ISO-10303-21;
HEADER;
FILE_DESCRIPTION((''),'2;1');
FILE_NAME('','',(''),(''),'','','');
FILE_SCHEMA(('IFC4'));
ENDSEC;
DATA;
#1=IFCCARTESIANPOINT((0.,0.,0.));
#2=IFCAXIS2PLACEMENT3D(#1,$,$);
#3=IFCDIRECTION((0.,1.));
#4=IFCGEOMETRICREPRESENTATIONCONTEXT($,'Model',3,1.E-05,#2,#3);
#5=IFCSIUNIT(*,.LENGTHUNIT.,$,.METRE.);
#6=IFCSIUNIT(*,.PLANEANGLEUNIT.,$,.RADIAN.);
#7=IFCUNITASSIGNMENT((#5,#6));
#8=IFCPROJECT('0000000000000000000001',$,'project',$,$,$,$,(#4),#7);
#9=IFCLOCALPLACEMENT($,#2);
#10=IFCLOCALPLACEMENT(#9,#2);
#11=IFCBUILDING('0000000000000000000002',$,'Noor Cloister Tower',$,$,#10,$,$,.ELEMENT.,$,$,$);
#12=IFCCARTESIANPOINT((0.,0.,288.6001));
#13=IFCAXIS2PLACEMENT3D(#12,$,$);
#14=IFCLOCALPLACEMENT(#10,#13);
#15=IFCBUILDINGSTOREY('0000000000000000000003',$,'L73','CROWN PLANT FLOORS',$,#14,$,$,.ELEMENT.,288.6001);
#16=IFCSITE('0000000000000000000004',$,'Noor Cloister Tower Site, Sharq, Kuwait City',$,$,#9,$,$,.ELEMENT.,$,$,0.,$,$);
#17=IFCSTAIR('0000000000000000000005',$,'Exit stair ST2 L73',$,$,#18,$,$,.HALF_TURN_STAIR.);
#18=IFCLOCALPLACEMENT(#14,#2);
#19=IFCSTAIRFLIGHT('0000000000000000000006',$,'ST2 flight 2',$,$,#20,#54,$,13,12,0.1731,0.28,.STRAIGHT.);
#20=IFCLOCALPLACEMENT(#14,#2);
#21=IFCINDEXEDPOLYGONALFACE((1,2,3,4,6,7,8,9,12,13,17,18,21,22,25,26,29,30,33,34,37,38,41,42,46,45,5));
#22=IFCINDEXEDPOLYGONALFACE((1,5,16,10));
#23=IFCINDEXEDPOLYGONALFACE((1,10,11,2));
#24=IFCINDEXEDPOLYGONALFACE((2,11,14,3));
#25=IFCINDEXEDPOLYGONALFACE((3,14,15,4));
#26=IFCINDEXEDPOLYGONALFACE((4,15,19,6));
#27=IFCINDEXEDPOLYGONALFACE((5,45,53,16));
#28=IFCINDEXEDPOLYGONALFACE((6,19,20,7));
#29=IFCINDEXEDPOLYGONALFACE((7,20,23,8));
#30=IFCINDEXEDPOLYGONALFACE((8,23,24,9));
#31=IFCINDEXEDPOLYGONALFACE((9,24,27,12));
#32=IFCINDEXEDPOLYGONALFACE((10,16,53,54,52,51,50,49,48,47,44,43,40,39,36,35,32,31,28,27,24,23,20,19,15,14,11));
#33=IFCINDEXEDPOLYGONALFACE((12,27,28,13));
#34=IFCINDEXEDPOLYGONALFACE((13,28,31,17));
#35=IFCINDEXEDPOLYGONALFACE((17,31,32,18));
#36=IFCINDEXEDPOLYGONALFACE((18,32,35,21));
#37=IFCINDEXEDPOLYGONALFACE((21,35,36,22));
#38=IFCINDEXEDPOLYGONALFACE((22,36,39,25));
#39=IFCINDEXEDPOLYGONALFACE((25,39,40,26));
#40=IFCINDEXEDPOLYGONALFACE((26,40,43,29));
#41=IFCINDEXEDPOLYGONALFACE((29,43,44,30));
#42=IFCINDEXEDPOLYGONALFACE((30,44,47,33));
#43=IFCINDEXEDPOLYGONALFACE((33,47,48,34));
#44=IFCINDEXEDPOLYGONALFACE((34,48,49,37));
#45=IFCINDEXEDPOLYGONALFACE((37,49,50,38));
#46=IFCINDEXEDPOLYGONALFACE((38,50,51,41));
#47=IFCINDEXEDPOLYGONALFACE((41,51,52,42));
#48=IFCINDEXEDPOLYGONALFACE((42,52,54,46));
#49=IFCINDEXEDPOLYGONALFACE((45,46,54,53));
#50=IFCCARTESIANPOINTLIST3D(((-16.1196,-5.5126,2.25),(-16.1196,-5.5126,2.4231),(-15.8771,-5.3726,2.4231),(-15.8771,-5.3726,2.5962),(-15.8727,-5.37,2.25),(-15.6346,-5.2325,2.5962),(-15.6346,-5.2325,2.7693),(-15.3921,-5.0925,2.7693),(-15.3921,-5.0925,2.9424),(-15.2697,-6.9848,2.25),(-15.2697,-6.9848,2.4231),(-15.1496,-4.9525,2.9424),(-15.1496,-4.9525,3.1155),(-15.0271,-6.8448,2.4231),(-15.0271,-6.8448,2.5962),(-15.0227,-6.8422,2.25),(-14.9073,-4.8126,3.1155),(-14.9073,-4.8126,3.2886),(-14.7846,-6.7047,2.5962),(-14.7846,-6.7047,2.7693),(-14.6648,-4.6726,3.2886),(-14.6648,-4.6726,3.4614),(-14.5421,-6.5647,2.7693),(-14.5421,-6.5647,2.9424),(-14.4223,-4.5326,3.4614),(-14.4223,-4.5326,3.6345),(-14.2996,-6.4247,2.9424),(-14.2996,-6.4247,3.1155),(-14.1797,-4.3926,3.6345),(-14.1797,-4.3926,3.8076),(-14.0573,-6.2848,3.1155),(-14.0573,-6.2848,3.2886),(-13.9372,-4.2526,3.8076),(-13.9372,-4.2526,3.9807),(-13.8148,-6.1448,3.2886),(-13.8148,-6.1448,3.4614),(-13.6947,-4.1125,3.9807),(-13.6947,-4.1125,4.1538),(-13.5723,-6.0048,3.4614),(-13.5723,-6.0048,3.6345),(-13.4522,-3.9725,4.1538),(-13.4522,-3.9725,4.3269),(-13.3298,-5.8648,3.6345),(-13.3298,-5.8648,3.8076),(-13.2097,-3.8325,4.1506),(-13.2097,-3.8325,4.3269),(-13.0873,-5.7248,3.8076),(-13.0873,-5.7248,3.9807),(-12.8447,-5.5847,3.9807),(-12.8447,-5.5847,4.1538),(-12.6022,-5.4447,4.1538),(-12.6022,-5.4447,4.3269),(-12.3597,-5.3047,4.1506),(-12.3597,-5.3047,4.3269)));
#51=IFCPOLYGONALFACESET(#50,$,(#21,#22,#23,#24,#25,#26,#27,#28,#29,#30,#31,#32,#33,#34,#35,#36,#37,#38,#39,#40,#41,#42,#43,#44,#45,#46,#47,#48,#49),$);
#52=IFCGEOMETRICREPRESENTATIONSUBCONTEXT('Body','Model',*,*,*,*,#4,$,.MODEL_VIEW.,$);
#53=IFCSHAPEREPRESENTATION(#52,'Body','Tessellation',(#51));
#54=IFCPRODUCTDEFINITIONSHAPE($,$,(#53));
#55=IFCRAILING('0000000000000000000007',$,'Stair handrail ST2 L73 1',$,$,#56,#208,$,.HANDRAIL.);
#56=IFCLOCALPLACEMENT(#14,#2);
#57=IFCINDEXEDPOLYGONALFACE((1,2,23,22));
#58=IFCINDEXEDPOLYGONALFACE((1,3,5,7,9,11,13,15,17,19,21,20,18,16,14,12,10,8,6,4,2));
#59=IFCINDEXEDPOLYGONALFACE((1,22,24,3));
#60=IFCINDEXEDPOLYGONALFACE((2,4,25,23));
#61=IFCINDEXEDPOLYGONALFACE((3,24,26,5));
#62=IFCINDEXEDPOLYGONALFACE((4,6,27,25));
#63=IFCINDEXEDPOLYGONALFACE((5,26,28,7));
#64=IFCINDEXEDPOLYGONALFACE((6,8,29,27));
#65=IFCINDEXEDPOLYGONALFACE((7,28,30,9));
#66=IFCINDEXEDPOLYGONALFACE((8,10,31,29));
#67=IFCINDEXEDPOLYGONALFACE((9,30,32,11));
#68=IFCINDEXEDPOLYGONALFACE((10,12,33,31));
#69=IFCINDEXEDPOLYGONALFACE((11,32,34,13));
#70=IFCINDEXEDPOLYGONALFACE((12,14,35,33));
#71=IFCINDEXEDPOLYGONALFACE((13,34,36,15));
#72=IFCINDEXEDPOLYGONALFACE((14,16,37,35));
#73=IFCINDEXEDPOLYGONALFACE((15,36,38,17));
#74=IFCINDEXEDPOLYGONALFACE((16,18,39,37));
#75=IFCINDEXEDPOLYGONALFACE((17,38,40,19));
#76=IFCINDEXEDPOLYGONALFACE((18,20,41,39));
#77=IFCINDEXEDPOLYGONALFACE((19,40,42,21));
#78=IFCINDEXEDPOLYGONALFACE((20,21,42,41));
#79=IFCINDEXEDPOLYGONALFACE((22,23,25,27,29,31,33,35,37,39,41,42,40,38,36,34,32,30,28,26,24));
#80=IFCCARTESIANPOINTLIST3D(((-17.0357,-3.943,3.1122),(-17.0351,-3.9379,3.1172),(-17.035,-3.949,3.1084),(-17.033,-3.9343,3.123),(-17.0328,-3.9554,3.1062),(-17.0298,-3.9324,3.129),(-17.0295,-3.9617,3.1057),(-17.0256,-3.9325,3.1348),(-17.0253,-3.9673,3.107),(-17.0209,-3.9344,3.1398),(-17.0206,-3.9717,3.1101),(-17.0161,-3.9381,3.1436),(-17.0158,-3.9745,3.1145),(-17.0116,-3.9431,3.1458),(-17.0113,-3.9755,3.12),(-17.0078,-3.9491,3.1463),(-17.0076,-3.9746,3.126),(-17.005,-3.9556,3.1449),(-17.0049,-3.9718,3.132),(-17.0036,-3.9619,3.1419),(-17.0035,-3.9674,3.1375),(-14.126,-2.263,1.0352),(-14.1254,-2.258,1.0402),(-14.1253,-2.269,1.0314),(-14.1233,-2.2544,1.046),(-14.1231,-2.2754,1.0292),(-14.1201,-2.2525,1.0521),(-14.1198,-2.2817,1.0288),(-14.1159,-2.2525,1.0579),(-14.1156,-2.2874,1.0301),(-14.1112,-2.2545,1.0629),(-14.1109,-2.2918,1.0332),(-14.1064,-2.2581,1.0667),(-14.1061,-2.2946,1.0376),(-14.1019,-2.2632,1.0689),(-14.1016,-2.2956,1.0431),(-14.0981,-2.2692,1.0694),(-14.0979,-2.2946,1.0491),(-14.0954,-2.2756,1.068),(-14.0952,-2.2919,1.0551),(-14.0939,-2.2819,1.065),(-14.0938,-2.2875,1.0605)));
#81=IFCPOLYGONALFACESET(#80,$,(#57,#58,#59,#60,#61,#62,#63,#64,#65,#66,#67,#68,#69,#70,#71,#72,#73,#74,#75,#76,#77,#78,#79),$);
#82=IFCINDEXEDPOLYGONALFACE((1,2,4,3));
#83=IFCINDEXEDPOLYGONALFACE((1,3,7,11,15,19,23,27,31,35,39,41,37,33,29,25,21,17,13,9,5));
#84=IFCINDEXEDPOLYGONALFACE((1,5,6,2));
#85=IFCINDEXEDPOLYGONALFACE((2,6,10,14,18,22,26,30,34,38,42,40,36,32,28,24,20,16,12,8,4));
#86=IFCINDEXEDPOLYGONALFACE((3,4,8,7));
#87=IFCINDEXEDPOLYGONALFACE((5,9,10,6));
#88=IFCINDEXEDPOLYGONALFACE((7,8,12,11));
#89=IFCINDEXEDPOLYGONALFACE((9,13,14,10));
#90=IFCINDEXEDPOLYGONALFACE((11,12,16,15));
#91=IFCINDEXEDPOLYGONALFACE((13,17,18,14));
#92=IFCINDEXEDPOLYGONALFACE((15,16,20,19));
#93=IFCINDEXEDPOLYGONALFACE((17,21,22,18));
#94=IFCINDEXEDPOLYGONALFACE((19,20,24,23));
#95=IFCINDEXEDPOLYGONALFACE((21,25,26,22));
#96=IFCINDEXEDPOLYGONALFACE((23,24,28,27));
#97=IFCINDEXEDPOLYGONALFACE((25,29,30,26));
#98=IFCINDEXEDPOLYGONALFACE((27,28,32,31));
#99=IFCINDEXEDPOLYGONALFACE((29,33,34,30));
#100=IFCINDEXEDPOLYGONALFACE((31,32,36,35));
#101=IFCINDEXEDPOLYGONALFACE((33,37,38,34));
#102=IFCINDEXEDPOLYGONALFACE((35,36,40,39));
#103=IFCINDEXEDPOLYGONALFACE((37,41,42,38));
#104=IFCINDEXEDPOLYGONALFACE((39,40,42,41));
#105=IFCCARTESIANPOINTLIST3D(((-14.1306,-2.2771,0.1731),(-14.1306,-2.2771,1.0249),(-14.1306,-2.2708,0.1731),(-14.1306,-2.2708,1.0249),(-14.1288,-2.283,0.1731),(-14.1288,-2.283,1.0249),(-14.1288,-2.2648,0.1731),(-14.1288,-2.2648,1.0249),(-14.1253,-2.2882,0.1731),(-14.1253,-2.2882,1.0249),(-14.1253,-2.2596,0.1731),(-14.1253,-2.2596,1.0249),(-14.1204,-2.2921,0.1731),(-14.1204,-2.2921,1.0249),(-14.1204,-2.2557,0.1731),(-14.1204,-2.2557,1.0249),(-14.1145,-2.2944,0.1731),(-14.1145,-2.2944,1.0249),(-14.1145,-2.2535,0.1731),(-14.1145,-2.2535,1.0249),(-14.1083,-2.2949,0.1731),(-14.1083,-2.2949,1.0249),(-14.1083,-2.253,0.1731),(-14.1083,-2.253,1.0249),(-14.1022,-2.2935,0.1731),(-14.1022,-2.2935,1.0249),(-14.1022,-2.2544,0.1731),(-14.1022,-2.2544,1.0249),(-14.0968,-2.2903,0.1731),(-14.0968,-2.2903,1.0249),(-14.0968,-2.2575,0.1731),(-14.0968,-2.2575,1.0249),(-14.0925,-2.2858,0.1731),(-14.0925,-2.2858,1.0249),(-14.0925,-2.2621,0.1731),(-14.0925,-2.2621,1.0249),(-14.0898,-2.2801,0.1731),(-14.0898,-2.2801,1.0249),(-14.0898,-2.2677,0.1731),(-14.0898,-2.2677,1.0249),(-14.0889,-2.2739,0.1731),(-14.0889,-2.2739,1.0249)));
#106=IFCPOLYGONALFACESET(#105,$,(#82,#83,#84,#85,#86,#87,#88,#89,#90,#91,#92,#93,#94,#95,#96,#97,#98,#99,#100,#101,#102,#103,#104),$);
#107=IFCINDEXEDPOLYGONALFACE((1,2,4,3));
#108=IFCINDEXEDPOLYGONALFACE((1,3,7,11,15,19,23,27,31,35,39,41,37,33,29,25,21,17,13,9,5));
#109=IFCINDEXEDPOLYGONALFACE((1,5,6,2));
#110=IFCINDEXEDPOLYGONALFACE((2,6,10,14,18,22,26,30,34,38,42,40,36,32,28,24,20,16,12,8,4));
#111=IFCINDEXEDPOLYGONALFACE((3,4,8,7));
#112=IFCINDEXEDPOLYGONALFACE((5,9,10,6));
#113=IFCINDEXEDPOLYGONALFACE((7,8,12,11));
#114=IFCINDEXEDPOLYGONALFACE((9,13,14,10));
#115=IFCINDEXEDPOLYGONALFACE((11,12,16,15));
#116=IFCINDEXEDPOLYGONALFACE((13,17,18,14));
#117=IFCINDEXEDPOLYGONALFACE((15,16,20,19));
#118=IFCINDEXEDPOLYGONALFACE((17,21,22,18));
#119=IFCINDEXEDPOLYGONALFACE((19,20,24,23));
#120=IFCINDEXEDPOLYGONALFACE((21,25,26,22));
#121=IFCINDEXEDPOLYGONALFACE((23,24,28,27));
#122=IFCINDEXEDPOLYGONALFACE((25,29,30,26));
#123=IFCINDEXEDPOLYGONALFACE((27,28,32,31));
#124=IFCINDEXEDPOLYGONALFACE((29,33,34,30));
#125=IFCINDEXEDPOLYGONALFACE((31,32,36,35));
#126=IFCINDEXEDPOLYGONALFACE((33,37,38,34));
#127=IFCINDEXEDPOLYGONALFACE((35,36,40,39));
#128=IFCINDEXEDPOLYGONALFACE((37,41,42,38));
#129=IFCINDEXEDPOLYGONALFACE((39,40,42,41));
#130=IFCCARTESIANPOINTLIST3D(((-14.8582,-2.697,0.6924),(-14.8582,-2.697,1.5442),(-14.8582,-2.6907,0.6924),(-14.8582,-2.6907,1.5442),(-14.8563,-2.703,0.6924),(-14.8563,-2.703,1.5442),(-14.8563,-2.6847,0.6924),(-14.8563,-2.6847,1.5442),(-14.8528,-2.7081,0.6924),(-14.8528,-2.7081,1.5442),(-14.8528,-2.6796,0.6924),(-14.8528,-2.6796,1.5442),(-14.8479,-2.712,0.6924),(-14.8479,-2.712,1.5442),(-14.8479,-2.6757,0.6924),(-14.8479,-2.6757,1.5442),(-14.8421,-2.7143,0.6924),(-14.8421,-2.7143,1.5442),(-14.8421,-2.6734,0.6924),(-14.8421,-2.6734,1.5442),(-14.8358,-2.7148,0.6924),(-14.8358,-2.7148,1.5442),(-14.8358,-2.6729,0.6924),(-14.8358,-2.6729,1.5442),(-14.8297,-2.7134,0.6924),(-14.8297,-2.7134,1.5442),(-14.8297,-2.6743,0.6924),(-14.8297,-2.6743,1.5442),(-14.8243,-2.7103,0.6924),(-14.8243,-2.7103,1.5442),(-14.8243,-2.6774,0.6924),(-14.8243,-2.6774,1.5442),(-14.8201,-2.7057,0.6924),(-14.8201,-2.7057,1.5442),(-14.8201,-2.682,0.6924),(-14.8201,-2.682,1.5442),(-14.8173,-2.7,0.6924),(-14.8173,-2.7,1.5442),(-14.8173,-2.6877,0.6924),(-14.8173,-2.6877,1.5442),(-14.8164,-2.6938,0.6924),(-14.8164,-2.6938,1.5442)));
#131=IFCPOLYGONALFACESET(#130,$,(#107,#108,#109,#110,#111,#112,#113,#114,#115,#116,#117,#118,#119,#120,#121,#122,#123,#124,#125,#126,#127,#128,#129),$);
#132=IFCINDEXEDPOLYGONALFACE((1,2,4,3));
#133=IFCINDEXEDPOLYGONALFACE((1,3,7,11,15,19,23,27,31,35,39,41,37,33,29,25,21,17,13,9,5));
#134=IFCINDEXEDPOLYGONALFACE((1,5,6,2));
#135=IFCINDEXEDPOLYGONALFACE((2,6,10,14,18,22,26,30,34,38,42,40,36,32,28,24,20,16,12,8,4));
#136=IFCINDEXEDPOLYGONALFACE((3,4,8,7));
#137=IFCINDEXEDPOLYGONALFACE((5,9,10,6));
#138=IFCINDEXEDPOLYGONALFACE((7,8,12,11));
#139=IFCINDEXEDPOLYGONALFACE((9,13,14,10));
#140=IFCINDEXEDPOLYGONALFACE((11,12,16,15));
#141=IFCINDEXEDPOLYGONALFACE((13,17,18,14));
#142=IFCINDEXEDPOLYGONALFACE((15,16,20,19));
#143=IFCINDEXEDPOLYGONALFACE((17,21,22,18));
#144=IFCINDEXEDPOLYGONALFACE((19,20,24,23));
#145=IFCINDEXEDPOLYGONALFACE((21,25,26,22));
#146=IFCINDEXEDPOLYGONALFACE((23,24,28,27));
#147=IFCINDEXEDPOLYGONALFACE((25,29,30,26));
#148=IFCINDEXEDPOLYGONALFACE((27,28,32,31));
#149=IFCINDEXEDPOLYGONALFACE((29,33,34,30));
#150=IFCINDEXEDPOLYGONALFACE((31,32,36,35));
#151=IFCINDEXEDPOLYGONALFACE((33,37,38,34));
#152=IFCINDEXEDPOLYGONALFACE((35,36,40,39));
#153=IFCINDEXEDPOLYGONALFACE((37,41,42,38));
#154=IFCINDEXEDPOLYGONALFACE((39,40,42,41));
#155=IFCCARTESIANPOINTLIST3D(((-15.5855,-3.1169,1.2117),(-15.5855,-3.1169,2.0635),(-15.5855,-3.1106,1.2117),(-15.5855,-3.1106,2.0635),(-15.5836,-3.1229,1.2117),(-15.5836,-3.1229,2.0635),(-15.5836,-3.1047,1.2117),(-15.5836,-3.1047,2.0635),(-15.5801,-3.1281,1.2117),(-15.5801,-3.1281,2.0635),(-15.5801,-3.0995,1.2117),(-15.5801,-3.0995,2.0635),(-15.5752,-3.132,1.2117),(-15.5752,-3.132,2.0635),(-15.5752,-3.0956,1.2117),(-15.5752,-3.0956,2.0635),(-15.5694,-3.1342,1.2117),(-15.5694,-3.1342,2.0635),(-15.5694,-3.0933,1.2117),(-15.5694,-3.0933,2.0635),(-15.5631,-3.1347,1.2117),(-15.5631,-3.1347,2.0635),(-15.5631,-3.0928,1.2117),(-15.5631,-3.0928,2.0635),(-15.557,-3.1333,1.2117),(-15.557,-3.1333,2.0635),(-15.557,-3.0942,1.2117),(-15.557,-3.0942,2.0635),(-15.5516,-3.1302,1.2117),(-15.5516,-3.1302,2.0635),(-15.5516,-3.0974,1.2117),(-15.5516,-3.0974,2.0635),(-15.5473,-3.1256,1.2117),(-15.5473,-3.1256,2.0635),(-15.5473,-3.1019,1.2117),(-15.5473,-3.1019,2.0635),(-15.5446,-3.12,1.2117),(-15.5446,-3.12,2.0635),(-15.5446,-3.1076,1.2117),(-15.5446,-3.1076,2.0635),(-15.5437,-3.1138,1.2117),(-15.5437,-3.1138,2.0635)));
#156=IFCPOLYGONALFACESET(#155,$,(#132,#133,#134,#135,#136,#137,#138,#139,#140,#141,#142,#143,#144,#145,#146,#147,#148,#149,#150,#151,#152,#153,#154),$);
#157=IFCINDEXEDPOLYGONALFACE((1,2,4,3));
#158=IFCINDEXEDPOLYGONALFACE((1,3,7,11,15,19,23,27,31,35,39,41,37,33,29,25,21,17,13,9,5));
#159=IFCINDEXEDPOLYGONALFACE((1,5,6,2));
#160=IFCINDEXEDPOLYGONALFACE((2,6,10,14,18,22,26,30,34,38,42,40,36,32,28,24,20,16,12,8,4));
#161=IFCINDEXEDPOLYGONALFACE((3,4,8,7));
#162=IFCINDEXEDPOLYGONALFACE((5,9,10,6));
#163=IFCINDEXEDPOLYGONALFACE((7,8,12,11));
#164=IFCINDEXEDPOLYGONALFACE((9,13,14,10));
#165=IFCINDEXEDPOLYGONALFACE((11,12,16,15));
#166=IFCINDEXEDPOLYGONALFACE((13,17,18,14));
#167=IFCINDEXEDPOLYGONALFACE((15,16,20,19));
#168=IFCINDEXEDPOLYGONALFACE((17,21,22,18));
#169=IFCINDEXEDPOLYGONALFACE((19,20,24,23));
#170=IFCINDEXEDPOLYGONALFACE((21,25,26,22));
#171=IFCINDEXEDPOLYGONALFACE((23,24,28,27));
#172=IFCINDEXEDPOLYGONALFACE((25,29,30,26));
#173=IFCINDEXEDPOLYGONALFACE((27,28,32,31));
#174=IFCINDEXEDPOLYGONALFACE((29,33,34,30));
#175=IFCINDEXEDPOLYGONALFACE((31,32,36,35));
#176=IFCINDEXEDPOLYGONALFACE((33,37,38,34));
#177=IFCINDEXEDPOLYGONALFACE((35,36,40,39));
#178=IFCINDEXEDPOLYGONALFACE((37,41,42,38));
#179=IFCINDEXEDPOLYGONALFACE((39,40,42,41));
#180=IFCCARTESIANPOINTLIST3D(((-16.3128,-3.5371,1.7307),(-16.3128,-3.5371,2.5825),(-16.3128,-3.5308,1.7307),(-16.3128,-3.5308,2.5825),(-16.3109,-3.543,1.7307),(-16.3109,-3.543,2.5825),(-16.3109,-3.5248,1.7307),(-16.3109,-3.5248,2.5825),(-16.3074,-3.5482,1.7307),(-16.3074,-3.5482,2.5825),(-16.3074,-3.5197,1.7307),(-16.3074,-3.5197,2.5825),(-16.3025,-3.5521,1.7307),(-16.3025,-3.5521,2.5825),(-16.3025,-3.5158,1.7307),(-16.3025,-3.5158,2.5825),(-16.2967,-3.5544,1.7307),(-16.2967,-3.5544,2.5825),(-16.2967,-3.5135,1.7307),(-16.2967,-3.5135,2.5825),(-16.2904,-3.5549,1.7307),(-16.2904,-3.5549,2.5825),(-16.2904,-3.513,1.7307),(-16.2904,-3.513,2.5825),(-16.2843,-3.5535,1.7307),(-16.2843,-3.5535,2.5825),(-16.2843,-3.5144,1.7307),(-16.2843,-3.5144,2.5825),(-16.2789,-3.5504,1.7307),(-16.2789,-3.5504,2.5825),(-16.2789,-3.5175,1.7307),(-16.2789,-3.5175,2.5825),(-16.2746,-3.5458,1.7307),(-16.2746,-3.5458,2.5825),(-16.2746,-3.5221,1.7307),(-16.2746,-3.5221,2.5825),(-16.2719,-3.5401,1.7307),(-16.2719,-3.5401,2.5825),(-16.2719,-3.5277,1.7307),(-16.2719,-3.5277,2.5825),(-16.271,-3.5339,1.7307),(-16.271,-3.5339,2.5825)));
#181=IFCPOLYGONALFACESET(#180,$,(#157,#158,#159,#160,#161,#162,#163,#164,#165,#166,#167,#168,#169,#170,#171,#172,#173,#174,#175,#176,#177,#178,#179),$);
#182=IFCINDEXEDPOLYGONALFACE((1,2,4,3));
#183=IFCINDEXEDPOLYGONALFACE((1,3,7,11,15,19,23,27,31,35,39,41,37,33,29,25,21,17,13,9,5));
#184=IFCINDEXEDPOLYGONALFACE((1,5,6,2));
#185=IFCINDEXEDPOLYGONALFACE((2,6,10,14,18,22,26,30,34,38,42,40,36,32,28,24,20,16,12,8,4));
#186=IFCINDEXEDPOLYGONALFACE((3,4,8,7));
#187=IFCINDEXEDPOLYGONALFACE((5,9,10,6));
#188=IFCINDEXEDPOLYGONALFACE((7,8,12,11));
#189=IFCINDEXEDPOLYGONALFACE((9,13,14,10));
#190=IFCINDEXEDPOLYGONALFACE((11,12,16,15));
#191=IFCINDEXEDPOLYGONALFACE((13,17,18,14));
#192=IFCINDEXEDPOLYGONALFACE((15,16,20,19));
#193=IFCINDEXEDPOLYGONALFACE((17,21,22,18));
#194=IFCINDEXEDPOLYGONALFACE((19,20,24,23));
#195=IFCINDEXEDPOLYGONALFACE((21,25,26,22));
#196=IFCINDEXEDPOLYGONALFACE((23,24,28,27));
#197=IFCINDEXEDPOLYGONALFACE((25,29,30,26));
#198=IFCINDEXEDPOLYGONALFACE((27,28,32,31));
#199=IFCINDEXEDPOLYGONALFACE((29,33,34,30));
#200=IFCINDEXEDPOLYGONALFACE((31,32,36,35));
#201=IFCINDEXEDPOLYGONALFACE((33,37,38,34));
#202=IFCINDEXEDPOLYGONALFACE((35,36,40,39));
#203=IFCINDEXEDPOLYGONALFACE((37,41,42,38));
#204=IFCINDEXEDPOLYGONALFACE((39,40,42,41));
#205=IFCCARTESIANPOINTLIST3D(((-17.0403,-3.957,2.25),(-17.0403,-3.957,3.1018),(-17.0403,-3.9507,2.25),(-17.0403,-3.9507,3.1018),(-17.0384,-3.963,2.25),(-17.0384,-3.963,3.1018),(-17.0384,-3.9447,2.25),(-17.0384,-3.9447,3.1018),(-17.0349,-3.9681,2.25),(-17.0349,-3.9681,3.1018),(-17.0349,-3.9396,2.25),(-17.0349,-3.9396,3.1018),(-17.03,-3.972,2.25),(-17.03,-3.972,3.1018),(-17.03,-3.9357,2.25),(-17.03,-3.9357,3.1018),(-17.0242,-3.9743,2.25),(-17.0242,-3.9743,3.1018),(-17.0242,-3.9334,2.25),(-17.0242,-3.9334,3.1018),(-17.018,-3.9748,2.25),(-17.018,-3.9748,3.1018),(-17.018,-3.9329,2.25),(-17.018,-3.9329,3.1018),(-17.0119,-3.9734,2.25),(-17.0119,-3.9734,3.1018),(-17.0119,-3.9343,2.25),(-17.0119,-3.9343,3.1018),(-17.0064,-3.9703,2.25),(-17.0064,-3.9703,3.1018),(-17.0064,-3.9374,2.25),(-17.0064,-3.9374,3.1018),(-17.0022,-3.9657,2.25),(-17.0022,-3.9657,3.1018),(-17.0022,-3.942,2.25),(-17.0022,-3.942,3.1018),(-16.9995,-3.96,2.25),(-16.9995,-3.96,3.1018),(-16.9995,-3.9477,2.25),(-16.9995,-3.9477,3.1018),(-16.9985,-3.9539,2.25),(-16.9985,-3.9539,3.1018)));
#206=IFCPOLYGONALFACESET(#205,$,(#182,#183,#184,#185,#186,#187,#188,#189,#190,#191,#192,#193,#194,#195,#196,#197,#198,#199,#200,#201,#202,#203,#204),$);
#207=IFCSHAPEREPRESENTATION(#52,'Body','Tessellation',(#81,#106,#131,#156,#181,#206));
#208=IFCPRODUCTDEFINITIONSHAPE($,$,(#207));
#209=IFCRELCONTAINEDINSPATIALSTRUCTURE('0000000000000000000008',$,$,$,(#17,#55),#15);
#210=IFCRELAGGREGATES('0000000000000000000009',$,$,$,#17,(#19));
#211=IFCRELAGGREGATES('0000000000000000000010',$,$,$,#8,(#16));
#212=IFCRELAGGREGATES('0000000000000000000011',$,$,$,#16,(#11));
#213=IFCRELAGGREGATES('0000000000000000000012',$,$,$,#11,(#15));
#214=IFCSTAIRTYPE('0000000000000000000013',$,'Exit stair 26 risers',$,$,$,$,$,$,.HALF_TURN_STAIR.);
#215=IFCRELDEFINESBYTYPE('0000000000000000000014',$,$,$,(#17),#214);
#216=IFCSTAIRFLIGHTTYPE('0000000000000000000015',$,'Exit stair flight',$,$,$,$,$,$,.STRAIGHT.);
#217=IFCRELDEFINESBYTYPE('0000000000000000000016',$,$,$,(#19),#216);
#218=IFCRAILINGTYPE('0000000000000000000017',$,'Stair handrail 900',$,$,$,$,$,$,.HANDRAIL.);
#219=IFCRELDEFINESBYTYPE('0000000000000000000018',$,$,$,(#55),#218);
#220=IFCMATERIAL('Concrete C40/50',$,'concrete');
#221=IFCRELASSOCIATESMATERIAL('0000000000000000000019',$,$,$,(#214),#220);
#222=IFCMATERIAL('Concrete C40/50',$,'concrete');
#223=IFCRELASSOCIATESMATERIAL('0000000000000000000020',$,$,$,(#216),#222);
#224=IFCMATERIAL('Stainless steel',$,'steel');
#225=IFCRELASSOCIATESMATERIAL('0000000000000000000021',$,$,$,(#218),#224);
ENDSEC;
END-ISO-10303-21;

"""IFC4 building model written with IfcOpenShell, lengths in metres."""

from ifc_helpers import new_model, si_unit, direction, frame, origin, origin_2d, place, context, subcontext, project, spatial, polyline, circle, outline, extrude, material, type_object, element, aggregate, save


model = new_model("IFC4")

# Units and contexts
model_context = context("Model", 3, precision=1e-05, world=origin(), true_north=direction((0.0, 1.0)))
body_context = subcontext(model_context, "Body", "Model", "MODEL_VIEW")
ifc_project = project(units=[si_unit("LENGTHUNIT", "METRE"), si_unit("PLANEANGLEUNIT", "RADIAN")], contexts=[model_context])

# Site, building, storey
site_placement = place(None, origin())
site = spatial("IfcSite", under=ifc_project, at=site_placement, Name="Noor Cloister Tower Site, Sharq, Kuwait City", CompositionType="ELEMENT", RefElevation=0.0)
building_placement = place(site_placement, origin())
building = spatial("IfcBuilding", under=site, at=building_placement, Name="Noor Cloister Tower", CompositionType="ELEMENT")
storey_placement = place(building_placement, frame((0.0, 0.0, 288.6001)))
storey = spatial("IfcBuildingStorey", under=building, at=storey_placement, Name="L73", Description="CROWN PLANT FLOORS", CompositionType="ELEMENT", Elevation=288.6001)

# Stair, stair flight
ifc_material_1 = material(Name="Concrete C40/50", Category="concrete")
stair_type = type_object("IfcStairType", Name="Exit stair 26 risers", PredefinedType="HALF_TURN_STAIR", material=ifc_material_1)
stair_placement = place(storey_placement, origin())
stair = element("IfcStair", 1, at=stair_placement, inside=storey, type_object=stair_type, Name="Exit stair ST2 L73", PredefinedType="HALF_TURN_STAIR")
ifc_material_2 = material(Name="Concrete C40/50", Category="concrete")
stair_flight_type = type_object("IfcStairFlightType", Name="Exit stair flight", PredefinedType="STRAIGHT", material=ifc_material_2)
stair_flight_1_placement = place(storey_placement, frame((-15.6946, -6.2488, 2.25), z_axis=(0.0, 0.0, 1.0), x_axis=(0.866025, 0.5, 0.0)))
stair_flight_1 = element("IfcStairFlight", 2, at=stair_flight_1_placement, type_object=stair_flight_type, Name="ST2 flight 2", NumberOfRisers=13, NumberOfTreads=12, PredefinedType="STRAIGHT", RiserHeight=0.1731, TreadLength=0.28, context=body_context, shape_type="SweptSolid", body=[
    extrude(outline(polyline([(0.0, 0.0), (0.0, 0.1731), (0.28, 0.1731), (0.28, 0.3462), (0.5601, 0.3462), (0.5601, 0.5193), (0.8401, 0.5193), (0.8401, 0.6924), (1.1201, 0.6924), (1.1201, 0.8655), (1.3999, 0.8655), (1.3999, 1.0386), (1.6799, 1.0386), (1.6799, 1.2114), (1.96, 1.2114), (1.96, 1.3845), (2.24, 1.3845), (2.24, 1.5576), (2.52, 1.5576), (2.52, 1.7307), (2.8, 1.7307), (2.8, 1.9038), (3.0801, 1.9038), (3.0801, 2.0769), (3.3601, 2.0769), (3.3601, 2.25), (3.3601, 1.9006), (0.2852, 0.0), (0.0, 0.0)])), frame((0.0, 0.8501, 0.0), z_axis=(0.0, -1.0, 0.0), x_axis=(1.0, 0.0, 0.0)), (0.0, 0.0, 1.0), 1.7),
])
aggregate(stair, [stair_flight_1])

# Railing
ifc_material_3 = material(Name="Stainless steel", Category="steel")
railing_type_1 = type_object("IfcRailingType", Name="Stair handrail 900", PredefinedType="HANDRAIL", material=ifc_material_3)
railing_1_placement = place(storey_placement, frame((-14.1099, -2.2739, 0.1731)))
element("IfcRailing", 3, at=railing_1_placement, inside=storey, type_object=railing_type_1, Name="Stair handrail ST2 L73 1", PredefinedType="HANDRAIL", context=body_context, shape_type="SweptSolid", body=[
    extrude(circle(Radius=0.0239, at=origin_2d()), frame((0.0, 0.0, 0.876), z_axis=(-0.73664, -0.425308, 0.525809), x_axis=(0.500008, -0.866021, 0.0)), (0.0, 0.0, 1.0), 3.95),
    extrude(circle(Radius=0.021, at=origin_2d()), origin(), (0.0, 0.0, 1.0), 0.8518),
    extrude(circle(Radius=0.021, at=origin_2d()), frame((-0.7275, -0.4199, 0.5193)), (0.0, 0.0, 1.0), 0.8518),
    extrude(circle(Radius=0.021, at=origin_2d()), frame((-1.4548, -0.8398, 1.0386)), (0.0, 0.0, 1.0), 0.8518),
    extrude(circle(Radius=0.021, at=origin_2d()), frame((-2.1821, -1.26, 1.5576)), (0.0, 0.0, 1.0), 0.8518),
    extrude(circle(Radius=0.021, at=origin_2d()), frame((-2.9097, -1.6799, 2.0769)), (0.0, 0.0, 1.0), 0.8518),
])

save(model, "model.ifc")
